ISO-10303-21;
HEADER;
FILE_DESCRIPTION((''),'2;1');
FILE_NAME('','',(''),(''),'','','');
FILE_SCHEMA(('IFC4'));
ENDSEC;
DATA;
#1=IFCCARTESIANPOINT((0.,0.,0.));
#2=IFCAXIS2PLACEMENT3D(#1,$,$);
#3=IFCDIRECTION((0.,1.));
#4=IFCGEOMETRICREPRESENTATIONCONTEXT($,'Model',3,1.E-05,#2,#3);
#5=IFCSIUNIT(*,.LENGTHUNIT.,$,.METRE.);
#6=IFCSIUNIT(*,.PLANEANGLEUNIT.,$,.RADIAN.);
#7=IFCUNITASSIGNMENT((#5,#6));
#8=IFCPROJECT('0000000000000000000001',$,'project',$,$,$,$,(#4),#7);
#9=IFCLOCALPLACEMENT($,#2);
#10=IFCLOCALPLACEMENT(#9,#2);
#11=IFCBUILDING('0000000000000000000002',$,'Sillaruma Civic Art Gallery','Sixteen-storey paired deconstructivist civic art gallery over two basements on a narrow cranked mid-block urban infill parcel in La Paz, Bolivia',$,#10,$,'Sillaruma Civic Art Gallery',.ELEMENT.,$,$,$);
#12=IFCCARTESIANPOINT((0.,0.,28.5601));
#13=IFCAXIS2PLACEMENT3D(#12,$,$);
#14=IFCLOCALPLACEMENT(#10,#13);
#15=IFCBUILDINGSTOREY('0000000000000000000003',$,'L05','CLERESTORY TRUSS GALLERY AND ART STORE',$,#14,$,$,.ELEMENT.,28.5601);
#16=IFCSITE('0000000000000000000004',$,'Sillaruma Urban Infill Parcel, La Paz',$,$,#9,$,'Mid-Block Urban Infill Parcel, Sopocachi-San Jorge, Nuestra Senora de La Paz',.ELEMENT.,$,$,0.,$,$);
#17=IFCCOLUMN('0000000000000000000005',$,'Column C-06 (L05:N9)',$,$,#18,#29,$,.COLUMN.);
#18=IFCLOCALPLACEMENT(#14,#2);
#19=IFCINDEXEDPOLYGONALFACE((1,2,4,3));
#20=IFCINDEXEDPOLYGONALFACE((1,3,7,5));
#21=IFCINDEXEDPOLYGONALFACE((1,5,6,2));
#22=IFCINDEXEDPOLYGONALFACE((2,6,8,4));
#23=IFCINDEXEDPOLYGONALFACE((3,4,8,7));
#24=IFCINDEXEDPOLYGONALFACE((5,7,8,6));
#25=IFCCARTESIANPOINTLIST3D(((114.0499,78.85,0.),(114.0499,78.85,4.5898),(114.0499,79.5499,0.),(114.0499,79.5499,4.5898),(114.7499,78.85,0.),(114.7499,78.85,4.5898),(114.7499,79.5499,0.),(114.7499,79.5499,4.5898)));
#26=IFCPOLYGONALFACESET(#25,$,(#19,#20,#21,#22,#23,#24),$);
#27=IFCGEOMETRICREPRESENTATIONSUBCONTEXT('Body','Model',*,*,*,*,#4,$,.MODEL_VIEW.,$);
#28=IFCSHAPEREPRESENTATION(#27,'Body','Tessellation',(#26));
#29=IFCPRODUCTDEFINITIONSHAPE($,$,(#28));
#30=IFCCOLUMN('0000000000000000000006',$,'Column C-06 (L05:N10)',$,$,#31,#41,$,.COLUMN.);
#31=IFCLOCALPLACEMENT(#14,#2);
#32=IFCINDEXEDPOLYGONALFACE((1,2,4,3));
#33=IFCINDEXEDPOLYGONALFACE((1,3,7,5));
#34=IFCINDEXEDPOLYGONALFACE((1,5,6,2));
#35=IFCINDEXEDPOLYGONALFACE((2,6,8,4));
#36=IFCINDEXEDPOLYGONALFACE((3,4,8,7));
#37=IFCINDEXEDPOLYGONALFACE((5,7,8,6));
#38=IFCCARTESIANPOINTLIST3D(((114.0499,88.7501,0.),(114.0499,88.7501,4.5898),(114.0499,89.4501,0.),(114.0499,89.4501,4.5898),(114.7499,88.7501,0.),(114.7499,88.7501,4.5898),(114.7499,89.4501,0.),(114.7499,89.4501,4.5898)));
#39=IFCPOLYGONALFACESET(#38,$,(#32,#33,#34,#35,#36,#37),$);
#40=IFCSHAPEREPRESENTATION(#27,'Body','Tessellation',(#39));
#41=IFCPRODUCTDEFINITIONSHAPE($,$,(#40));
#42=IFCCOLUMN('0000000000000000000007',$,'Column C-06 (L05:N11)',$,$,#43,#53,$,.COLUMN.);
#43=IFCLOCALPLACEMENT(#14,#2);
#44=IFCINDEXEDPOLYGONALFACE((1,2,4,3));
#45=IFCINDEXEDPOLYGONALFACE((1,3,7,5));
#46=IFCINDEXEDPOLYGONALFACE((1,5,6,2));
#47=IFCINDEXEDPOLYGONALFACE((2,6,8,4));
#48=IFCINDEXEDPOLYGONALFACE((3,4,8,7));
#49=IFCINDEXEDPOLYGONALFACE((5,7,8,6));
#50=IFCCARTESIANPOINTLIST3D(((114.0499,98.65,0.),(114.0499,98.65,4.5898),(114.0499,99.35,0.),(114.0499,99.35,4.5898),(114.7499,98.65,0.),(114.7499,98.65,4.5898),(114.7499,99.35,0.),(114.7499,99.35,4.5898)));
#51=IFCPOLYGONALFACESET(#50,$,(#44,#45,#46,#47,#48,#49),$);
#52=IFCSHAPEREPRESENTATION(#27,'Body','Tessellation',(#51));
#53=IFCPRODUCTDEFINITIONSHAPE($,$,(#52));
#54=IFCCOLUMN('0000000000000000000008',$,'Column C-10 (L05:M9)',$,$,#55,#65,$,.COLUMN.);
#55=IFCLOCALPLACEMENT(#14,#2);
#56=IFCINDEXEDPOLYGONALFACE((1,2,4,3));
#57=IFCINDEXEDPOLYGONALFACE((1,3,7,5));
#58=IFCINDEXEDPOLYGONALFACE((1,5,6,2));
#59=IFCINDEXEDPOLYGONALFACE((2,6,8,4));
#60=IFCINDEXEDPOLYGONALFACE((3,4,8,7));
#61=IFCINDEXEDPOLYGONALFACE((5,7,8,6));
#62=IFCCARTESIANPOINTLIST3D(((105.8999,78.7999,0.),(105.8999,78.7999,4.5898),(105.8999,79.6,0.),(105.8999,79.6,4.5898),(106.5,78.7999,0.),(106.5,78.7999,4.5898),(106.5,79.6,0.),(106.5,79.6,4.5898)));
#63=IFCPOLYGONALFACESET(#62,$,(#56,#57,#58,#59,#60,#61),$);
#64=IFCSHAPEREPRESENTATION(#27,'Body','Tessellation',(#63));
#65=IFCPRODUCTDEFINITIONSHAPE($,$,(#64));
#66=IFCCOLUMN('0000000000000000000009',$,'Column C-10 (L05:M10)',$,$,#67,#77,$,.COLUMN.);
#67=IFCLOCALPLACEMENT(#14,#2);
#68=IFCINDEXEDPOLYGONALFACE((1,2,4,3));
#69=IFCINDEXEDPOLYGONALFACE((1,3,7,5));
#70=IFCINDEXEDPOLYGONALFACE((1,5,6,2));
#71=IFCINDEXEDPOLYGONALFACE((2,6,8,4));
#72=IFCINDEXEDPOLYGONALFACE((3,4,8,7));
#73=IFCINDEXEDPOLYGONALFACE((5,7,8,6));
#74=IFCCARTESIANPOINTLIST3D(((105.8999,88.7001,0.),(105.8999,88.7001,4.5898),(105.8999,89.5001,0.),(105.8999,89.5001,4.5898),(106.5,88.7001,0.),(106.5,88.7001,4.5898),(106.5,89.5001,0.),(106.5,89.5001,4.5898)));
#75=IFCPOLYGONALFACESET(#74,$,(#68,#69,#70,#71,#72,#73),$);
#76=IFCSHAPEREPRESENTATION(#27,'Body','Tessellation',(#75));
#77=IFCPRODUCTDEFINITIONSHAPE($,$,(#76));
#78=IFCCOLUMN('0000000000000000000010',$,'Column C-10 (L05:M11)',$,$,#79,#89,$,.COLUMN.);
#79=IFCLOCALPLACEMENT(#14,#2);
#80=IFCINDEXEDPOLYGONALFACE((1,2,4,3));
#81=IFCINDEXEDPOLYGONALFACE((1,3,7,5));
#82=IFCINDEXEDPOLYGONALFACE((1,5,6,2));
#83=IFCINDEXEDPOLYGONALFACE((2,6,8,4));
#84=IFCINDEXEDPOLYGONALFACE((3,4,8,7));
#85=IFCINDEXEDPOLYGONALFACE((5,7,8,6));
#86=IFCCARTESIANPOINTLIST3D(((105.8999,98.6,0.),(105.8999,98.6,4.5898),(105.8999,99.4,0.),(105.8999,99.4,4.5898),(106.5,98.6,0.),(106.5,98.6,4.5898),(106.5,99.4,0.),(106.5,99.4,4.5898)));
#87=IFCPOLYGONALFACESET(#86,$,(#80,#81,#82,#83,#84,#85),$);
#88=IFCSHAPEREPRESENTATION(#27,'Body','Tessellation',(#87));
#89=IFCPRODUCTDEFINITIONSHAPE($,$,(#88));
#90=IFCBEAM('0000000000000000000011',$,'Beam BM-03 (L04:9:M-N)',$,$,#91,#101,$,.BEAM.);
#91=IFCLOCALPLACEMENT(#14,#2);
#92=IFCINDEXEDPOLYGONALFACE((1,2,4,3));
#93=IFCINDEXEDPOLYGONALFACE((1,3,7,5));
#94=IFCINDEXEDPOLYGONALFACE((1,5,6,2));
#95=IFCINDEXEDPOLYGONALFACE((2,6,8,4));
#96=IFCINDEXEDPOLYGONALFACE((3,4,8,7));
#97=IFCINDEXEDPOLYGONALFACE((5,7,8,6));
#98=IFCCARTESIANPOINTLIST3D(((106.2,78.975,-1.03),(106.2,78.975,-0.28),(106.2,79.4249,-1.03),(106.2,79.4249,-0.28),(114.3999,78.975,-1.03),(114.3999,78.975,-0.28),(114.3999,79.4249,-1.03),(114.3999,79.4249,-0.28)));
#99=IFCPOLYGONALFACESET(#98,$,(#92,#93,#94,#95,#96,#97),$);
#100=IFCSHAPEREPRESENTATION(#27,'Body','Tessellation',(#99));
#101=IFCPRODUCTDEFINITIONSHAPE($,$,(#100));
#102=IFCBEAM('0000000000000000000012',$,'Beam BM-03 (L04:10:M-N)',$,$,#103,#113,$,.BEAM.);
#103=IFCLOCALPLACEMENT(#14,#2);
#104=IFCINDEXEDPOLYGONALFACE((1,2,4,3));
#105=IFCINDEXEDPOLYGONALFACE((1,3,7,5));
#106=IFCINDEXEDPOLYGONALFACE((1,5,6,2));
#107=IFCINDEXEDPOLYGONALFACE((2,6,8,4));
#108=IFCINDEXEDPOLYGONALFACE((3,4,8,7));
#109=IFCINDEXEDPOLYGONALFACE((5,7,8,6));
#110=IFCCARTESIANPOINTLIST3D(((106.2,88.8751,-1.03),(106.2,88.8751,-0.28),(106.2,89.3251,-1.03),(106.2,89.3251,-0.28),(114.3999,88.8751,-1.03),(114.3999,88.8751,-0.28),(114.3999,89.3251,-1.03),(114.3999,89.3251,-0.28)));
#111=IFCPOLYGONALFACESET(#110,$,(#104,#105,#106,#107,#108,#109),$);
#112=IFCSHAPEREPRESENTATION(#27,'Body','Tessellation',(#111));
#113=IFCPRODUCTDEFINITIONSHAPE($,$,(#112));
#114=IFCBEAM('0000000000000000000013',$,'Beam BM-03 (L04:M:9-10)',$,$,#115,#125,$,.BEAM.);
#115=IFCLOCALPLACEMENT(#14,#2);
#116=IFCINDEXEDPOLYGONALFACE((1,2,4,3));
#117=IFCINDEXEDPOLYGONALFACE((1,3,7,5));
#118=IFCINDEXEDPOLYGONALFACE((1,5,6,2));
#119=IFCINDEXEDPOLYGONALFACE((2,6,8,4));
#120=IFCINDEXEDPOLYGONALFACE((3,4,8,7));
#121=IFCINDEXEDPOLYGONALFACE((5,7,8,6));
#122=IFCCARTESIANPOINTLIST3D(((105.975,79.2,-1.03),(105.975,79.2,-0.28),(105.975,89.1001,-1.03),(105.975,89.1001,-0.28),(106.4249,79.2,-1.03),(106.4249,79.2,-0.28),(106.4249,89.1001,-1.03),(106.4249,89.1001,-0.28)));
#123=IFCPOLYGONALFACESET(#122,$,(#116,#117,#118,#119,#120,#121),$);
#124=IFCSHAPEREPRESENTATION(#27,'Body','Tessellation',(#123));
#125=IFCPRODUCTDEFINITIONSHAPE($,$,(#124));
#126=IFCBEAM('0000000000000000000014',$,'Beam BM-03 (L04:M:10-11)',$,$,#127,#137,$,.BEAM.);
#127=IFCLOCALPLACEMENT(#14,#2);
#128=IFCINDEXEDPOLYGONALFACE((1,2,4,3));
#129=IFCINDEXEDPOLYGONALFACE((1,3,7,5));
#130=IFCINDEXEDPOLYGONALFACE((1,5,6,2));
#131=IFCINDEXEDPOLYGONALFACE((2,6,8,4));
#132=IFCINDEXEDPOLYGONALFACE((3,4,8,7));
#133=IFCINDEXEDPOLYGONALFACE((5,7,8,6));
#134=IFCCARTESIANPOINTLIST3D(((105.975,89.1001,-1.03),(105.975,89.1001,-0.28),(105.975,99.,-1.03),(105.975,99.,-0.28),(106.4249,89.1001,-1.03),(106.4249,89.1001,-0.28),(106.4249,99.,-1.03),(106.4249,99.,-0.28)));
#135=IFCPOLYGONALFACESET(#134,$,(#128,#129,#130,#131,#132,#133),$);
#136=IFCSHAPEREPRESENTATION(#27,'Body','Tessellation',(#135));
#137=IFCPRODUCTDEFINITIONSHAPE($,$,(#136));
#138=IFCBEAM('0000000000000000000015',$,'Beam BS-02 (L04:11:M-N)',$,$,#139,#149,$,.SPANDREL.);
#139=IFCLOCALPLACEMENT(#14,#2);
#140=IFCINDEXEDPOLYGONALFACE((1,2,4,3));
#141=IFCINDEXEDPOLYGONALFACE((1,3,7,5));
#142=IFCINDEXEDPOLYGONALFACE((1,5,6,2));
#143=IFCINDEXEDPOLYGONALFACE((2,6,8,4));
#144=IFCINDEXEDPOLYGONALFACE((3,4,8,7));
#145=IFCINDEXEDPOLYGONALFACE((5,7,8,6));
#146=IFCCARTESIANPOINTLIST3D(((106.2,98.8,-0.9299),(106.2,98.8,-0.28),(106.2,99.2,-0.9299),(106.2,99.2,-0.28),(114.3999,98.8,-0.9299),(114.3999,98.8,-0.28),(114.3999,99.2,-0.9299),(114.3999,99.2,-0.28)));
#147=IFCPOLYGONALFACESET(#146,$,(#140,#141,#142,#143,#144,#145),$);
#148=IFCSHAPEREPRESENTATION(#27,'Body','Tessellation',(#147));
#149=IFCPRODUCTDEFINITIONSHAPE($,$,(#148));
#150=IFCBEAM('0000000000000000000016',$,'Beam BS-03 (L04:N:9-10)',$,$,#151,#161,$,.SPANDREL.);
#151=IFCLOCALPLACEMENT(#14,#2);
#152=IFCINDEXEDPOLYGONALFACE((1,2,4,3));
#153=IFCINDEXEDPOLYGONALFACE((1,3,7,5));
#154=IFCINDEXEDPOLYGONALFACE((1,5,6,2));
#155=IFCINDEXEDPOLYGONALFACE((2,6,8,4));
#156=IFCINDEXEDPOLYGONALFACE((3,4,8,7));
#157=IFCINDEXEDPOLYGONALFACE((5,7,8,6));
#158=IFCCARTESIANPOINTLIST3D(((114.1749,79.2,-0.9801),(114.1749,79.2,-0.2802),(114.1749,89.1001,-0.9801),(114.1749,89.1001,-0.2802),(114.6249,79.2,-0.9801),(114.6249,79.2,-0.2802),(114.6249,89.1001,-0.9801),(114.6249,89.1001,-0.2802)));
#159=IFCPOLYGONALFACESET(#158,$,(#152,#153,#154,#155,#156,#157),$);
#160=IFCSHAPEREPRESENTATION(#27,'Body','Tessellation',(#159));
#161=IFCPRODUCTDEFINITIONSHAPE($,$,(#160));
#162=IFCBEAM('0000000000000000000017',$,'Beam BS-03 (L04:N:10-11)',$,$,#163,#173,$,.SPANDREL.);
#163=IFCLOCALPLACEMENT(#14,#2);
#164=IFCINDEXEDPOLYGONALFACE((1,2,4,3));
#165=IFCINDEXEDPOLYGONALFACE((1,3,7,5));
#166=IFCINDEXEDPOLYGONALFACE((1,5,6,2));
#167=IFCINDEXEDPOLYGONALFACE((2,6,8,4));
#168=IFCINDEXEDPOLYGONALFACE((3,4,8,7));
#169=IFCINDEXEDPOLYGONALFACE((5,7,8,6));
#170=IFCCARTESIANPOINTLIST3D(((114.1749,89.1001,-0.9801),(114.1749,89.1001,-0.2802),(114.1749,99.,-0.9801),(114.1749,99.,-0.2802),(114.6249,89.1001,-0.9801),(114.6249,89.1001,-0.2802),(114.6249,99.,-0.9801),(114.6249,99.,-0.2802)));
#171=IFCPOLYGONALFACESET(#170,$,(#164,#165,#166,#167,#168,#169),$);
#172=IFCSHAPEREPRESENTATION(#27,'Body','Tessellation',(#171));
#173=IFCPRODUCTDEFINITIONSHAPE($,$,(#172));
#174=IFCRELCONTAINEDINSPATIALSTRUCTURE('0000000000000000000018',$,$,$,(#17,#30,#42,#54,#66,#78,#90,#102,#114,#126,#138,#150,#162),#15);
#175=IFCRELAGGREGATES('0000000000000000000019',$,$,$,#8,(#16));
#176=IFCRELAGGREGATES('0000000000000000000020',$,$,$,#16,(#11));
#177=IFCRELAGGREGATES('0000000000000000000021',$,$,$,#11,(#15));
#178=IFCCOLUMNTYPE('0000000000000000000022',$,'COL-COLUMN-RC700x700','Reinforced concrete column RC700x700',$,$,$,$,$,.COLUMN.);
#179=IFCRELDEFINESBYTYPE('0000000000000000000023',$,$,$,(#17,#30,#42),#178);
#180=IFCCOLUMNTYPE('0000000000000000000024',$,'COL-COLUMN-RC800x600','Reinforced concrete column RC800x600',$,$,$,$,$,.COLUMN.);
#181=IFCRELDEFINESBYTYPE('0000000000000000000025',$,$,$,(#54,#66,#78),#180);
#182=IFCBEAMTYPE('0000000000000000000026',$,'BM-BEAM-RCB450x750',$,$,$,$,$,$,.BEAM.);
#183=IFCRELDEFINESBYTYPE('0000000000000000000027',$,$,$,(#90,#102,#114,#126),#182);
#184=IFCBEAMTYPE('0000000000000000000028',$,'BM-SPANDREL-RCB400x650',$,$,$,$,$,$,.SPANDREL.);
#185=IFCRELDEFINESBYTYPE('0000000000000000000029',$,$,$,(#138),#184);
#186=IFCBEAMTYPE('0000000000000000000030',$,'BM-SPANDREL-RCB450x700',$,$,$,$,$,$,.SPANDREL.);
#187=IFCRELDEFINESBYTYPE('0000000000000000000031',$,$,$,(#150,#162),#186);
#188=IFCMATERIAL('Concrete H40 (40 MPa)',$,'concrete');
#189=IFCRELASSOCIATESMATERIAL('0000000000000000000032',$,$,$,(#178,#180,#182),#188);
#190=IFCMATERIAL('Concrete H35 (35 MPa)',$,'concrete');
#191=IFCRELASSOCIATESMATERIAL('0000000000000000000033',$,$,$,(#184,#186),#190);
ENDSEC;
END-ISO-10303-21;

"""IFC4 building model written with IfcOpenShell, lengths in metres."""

from ifc_helpers import new_model, si_unit, direction, frame, origin, origin_2d, place, context, subcontext, project, spatial, rectangle, extrude, material, material_profile, profile_set, type_object, element, save


model = new_model("IFC4")

# Units and contexts
model_context = context("Model", 3, precision=1e-05, world=origin(), true_north=direction((0.0, 1.0)))
body_context = subcontext(model_context, "Body", "Model", "MODEL_VIEW")
ifc_project = project(units=[si_unit("LENGTHUNIT", "METRE"), si_unit("PLANEANGLEUNIT", "RADIAN")], contexts=[model_context])

# Site, building, storey
site_placement = place(None, origin())
site = spatial("IfcSite", under=ifc_project, at=site_placement, Name="Sillaruma Urban Infill Parcel, La Paz", LongName="Mid-Block Urban Infill Parcel, Sopocachi-San Jorge, Nuestra Senora de La Paz", CompositionType="ELEMENT", RefElevation=0.0)
building_placement = place(site_placement, origin())
building = spatial("IfcBuilding", under=site, at=building_placement, Name="Sillaruma Civic Art Gallery", Description="Sixteen-storey paired deconstructivist civic art gallery over two basements on a narrow cranked mid-block urban infill parcel in La Paz, Bolivia", LongName="Sillaruma Civic Art Gallery", CompositionType="ELEMENT")
storey_placement = place(building_placement, frame((0.0, 0.0, 28.5601)))
storey = spatial("IfcBuildingStorey", under=building, at=storey_placement, Name="L05", Description="CLERESTORY TRUSS GALLERY AND ART STORE", CompositionType="ELEMENT", Elevation=28.5601)

# Columns
ifc_material_1 = material(Name="Concrete H40 (40 MPa)", Category="concrete")
ifc_material_profile_1 = material_profile(ifc_material_1, rectangle(XDim=0.7, YDim=0.7, at=origin_2d()), Name="RC700x700")
ifc_profile_set_1 = profile_set([ifc_material_profile_1], Name="Concrete H40 (40 MPa)")
column_type_1 = type_object("IfcColumnType", Name="COL-COLUMN-RC700x700", Description="Reinforced concrete column RC700x700", PredefinedType="COLUMN", material=ifc_profile_set_1)
for number, where, z_axis, x_axis, name in (
    (1, (114.3999, 79.2, 0.0), (0.0, 0.0, 1.0), (1.0, 0.0, 0.0), "Column C-06 (L05:N9)"),
    (2, (114.3999, 89.1001, 0.0), (0.0, 0.0, 1.0), (1.0, 0.0, 0.0), "Column C-06 (L05:N10)"),
    (3, (114.3999, 99.0, 0.0), (0.0, 0.0, 1.0), (1.0, 0.0, 0.0), "Column C-06 (L05:N11)"),
):
    element("IfcColumn", number, at=place(storey_placement, frame(where, z_axis=z_axis, x_axis=x_axis)), inside=storey, type_object=column_type_1, Name=name, PredefinedType="COLUMN", context=body_context, shape_type="SweptSolid", body=[
        extrude(rectangle(XDim=0.7, YDim=0.7, at=origin_2d()), origin(), (0.0, 0.0, 1.0), 4.5898),
    ])
ifc_material_profile_2 = material_profile(ifc_material_1, rectangle(XDim=0.6001, YDim=0.8, at=origin_2d()), Name="RC800x600")
ifc_profile_set_2 = profile_set([ifc_material_profile_2], Name="Concrete H40 (40 MPa)")
column_type_2 = type_object("IfcColumnType", Name="COL-COLUMN-RC800x600", Description="Reinforced concrete column RC800x600", PredefinedType="COLUMN", material=ifc_profile_set_2)
for number, where, z_axis, x_axis, name in (
    (4, (106.2, 79.2, 0.0), (0.0, 0.0, 1.0), (1.0, 0.0, 0.0), "Column C-10 (L05:M9)"),
    (5, (106.2, 89.1001, 0.0), (0.0, 0.0, 1.0), (1.0, 0.0, 0.0), "Column C-10 (L05:M10)"),
    (6, (106.2, 99.0, 0.0), (0.0, 0.0, 1.0), (1.0, 0.0, 0.0), "Column C-10 (L05:M11)"),
):
    element("IfcColumn", number, at=place(storey_placement, frame(where, z_axis=z_axis, x_axis=x_axis)), inside=storey, type_object=column_type_2, Name=name, PredefinedType="COLUMN", context=body_context, shape_type="SweptSolid", body=[
        extrude(rectangle(XDim=0.6001, YDim=0.8, at=origin_2d()), origin(), (0.0, 0.0, 1.0), 4.5898),
    ])

# Beams
ifc_material_profile_3 = material_profile(ifc_material_1, rectangle(XDim=0.45, YDim=0.75, at=origin_2d()), Name="RCB450x750")
ifc_profile_set_3 = profile_set([ifc_material_profile_3], Name="Concrete H40 (40 MPa)")
beam_type_1 = type_object("IfcBeamType", Name="BM-BEAM-RCB450x750", PredefinedType="BEAM", material=ifc_profile_set_3)
for number, where, z_axis, x_axis, name in (
    (7, (106.2, 79.2, -0.655), (1.0, 0.0, 0.0), (0.0, 1.0, 0.0), "Beam BM-03 (L04:9:M-N)"),
    (8, (106.2, 89.1001, -0.655), (1.0, 0.0, 0.0), (0.0, 1.0, 0.0), "Beam BM-03 (L04:10:M-N)"),
):
    element("IfcBeam", number, at=place(storey_placement, frame(where, z_axis=z_axis, x_axis=x_axis)), inside=storey, type_object=beam_type_1, Name=name, PredefinedType="BEAM", context=body_context, shape_type="SweptSolid", body=[
        extrude(rectangle(XDim=0.45, YDim=0.75, at=origin_2d()), origin(), (0.0, 0.0, 1.0), 8.2),
    ])
beam_1_placement = place(storey_placement, frame((106.2, 79.2, -0.655), z_axis=(0.0, 1.0, 0.0), x_axis=(-1.0, 0.0, 0.0)))
element("IfcBeam", 9, at=beam_1_placement, inside=storey, type_object=beam_type_1, Name="Beam BM-03 (L04:M:9-10)", PredefinedType="BEAM", context=body_context, shape_type="SweptSolid", body=[
    extrude(rectangle(XDim=0.45, YDim=0.75, at=origin_2d()), origin(), (0.0, 0.0, 1.0), 9.9001),
])
beam_2_placement = place(storey_placement, frame((106.2, 89.1001, -0.655), z_axis=(0.0, 1.0, 0.0), x_axis=(-1.0, 0.0, 0.0)))
element("IfcBeam", 10, at=beam_2_placement, inside=storey, type_object=beam_type_1, Name="Beam BM-03 (L04:M:10-11)", PredefinedType="BEAM", context=body_context, shape_type="SweptSolid", body=[
    extrude(rectangle(XDim=0.45, YDim=0.75, at=origin_2d()), origin(), (0.0, 0.0, 1.0), 9.8999),
])
ifc_material_2 = material(Name="Concrete H35 (35 MPa)", Category="concrete")
ifc_material_profile_4 = material_profile(ifc_material_2, rectangle(XDim=0.3999, YDim=0.6499, at=origin_2d()), Name="RCB400x650")
ifc_profile_set_4 = profile_set([ifc_material_profile_4], Name="Concrete H35 (35 MPa)")
beam_type_2 = type_object("IfcBeamType", Name="BM-SPANDREL-RCB400x650", PredefinedType="SPANDREL", material=ifc_profile_set_4)
beam_3_placement = place(storey_placement, frame((106.2, 99.0, -0.605), z_axis=(1.0, 0.0, 0.0), x_axis=(0.0, 1.0, 0.0)))
element("IfcBeam", 11, at=beam_3_placement, inside=storey, type_object=beam_type_2, Name="Beam BS-02 (L04:11:M-N)", PredefinedType="SPANDREL", context=body_context, shape_type="SweptSolid", body=[
    extrude(rectangle(XDim=0.3999, YDim=0.6499, at=origin_2d()), origin(), (0.0, 0.0, 1.0), 8.2),
])
ifc_material_profile_5 = material_profile(ifc_material_2, rectangle(XDim=0.45, YDim=0.7, at=origin_2d()), Name="RCB450x700")
ifc_profile_set_5 = profile_set([ifc_material_profile_5], Name="Concrete H35 (35 MPa)")
beam_type_3 = type_object("IfcBeamType", Name="BM-SPANDREL-RCB450x700", PredefinedType="SPANDREL", material=ifc_profile_set_5)
beam_4_placement = place(storey_placement, frame((114.3999, 79.2, -0.6301), z_axis=(0.0, 1.0, 0.0), x_axis=(-1.0, 0.0, 0.0)))
element("IfcBeam", 12, at=beam_4_placement, inside=storey, type_object=beam_type_3, Name="Beam BS-03 (L04:N:9-10)", PredefinedType="SPANDREL", context=body_context, shape_type="SweptSolid", body=[
    extrude(rectangle(XDim=0.45, YDim=0.7, at=origin_2d()), origin(), (0.0, 0.0, 1.0), 9.9001),
])
beam_5_placement = place(storey_placement, frame((114.3999, 89.1001, -0.6301), z_axis=(0.0, 1.0, 0.0), x_axis=(-1.0, 0.0, 0.0)))
element("IfcBeam", 13, at=beam_5_placement, inside=storey, type_object=beam_type_3, Name="Beam BS-03 (L04:N:10-11)", PredefinedType="SPANDREL", context=body_context, shape_type="SweptSolid", body=[
    extrude(rectangle(XDim=0.45, YDim=0.7, at=origin_2d()), origin(), (0.0, 0.0, 1.0), 9.8999),
])

save(model, "model.ifc")
